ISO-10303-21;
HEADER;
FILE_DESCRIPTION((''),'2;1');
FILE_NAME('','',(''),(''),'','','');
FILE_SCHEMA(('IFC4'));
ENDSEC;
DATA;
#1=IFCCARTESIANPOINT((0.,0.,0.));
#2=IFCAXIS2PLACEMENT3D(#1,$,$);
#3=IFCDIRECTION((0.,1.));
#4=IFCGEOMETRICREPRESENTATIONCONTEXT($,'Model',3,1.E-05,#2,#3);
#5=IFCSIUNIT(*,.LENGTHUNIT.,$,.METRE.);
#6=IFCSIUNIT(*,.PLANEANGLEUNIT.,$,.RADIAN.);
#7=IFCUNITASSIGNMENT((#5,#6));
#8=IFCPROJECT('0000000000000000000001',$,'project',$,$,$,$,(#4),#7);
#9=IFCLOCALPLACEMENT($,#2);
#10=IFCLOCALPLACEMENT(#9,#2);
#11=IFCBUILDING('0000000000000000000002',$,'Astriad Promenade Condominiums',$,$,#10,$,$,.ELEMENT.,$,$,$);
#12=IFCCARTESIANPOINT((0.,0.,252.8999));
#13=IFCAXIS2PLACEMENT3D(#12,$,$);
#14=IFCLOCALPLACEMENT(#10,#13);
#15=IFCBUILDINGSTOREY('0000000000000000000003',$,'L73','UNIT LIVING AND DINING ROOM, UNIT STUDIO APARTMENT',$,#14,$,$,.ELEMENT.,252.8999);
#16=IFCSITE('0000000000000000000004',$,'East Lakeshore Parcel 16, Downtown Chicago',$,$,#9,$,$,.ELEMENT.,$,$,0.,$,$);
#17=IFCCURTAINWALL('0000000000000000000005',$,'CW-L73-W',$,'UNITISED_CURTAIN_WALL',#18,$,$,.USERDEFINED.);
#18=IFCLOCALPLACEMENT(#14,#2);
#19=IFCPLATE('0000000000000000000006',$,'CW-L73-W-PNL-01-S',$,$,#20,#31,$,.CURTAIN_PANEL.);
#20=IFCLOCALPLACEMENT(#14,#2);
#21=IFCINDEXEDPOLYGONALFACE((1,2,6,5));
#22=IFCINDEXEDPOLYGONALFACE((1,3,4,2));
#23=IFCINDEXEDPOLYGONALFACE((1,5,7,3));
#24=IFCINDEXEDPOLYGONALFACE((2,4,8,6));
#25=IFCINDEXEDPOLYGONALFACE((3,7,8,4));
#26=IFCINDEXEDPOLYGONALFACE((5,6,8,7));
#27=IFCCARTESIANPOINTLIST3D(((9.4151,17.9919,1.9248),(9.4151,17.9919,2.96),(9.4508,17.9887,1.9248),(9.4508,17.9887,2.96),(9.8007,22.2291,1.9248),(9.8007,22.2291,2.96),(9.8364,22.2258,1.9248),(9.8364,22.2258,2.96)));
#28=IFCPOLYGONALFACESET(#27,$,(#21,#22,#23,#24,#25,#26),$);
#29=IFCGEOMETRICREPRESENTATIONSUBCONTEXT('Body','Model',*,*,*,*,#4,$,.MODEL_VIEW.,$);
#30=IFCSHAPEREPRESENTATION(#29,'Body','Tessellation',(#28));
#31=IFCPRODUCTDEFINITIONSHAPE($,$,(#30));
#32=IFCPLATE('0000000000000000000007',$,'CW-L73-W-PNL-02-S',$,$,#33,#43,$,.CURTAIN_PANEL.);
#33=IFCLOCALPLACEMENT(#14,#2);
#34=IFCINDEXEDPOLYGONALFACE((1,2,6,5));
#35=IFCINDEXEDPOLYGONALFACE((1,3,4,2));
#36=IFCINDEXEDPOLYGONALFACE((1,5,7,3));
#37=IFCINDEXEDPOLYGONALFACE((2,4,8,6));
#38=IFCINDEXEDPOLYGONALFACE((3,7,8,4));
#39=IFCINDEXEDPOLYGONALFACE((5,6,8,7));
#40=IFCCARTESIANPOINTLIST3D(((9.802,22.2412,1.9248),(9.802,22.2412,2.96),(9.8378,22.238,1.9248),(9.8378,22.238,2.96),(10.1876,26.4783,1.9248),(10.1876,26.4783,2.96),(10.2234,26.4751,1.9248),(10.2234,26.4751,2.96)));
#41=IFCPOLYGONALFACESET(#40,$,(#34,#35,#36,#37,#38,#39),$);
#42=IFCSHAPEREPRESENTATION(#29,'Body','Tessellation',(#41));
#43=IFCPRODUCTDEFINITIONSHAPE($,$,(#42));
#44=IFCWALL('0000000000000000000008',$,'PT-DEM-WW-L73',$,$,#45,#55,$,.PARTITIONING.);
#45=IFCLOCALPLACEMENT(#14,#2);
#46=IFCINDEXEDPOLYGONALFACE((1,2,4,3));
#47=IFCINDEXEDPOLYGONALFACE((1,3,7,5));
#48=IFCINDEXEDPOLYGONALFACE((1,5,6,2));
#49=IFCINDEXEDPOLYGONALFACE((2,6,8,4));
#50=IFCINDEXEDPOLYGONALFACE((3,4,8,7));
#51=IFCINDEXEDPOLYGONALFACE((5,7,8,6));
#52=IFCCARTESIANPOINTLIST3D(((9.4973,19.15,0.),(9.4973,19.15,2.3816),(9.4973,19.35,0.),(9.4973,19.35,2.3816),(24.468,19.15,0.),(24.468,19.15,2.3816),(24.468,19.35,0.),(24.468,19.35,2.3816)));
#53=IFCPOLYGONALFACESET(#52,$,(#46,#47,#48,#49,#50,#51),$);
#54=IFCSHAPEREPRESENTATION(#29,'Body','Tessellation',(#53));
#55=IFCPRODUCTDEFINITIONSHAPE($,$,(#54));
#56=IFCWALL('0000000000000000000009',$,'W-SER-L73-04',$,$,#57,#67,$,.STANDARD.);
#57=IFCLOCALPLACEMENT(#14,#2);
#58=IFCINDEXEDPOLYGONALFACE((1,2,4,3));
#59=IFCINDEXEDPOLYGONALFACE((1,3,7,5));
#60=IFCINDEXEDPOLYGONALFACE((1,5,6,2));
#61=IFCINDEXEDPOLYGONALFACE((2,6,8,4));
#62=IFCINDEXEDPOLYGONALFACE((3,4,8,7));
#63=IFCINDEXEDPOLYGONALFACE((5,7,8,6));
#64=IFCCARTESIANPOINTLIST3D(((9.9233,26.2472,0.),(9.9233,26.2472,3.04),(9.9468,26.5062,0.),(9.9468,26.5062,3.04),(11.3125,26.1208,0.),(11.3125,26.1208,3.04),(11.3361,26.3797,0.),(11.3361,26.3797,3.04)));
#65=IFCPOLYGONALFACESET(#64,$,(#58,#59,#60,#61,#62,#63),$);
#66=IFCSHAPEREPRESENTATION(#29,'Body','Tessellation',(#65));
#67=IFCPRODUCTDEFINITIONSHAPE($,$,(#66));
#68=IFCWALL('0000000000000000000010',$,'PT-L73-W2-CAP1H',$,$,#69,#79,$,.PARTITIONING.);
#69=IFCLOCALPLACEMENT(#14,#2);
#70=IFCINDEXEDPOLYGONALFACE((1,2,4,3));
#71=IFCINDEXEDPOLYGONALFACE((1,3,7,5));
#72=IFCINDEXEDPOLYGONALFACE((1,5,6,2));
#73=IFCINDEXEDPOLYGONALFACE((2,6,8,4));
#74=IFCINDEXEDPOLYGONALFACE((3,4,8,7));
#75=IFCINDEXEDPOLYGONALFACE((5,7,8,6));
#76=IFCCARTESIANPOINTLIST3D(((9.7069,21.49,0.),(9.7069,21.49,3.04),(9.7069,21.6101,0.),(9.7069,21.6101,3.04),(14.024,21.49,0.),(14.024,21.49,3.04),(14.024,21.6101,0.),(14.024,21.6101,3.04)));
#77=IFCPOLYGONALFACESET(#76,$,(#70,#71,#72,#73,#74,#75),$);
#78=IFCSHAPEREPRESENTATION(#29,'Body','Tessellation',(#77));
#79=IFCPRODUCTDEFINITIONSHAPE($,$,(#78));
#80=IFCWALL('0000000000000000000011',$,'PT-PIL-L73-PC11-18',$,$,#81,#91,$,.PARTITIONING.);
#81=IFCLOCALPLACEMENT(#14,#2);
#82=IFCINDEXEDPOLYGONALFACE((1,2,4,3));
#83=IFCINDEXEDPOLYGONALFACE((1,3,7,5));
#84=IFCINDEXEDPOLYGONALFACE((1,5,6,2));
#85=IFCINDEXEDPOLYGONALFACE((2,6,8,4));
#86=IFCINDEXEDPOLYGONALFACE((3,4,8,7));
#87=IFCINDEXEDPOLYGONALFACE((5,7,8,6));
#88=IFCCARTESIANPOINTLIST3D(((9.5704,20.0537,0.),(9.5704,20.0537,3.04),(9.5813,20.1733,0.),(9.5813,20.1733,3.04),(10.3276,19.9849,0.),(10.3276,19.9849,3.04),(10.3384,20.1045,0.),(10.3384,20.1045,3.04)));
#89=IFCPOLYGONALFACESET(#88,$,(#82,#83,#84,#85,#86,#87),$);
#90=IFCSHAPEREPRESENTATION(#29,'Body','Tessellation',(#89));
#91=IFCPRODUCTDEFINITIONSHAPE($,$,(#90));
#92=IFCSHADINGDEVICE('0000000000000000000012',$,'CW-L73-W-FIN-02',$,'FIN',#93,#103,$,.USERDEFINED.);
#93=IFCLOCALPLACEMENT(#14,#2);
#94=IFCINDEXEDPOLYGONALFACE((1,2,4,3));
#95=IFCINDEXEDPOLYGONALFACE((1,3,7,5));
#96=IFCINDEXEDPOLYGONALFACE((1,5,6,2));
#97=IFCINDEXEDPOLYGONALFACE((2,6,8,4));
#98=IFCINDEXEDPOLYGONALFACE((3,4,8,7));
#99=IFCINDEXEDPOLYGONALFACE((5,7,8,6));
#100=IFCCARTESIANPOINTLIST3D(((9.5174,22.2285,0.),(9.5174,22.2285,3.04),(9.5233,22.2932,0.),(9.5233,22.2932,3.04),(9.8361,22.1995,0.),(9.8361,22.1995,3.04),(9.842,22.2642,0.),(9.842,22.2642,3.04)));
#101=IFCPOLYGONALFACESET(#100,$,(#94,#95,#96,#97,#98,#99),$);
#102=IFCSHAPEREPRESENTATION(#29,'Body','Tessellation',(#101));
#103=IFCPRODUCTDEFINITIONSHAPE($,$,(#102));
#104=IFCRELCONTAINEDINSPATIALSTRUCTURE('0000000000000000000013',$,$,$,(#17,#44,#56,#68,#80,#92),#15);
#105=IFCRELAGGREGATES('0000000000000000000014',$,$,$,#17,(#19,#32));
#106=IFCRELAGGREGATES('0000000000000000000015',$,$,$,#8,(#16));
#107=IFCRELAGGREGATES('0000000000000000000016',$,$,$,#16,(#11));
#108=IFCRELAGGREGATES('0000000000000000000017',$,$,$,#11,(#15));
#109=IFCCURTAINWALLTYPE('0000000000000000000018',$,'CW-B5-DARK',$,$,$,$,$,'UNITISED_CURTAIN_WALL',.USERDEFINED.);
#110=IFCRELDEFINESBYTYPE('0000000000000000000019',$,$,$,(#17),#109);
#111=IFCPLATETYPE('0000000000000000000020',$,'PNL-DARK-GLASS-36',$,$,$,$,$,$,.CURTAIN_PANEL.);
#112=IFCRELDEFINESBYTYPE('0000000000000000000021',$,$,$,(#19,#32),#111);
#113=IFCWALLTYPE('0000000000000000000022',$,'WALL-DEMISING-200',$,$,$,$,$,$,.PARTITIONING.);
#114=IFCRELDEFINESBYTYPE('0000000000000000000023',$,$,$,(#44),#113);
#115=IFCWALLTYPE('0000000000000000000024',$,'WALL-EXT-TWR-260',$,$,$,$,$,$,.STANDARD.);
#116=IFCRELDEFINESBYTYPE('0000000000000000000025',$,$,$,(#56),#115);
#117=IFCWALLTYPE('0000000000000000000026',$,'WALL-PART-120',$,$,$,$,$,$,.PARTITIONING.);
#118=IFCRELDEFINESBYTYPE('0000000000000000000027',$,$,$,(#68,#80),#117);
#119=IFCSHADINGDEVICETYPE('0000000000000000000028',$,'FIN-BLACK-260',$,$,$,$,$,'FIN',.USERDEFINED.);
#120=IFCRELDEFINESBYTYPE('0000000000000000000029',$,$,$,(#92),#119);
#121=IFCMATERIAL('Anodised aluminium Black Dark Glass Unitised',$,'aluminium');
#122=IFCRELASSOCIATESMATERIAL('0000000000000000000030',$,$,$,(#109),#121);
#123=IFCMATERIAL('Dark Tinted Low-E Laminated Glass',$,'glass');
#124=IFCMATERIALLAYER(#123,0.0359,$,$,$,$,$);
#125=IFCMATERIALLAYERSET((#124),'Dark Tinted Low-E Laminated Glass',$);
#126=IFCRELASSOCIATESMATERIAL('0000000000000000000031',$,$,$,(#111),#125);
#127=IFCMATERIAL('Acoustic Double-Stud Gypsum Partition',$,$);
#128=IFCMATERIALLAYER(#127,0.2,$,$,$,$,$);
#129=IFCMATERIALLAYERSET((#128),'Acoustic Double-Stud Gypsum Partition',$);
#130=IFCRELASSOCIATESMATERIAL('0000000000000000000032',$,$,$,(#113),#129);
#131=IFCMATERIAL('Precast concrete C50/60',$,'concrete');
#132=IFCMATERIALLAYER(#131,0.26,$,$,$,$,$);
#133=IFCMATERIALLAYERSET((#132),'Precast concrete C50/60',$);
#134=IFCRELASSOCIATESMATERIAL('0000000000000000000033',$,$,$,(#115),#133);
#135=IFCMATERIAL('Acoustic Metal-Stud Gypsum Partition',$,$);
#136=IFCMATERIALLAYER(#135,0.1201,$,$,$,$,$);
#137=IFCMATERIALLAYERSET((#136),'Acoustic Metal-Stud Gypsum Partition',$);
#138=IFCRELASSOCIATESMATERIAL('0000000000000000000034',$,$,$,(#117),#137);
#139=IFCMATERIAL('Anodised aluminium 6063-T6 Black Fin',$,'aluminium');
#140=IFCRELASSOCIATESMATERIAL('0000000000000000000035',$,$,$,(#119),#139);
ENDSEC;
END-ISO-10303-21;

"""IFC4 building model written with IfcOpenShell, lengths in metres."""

from ifc_helpers import new_model, si_unit, direction, frame, frame_2d, origin, origin_2d, place, context, subcontext, project, spatial, rectangle, extrude, source, transform, mapped, material, layer, layer_set, type_object, type_shapes, element, aggregate, save


model = new_model("IFC4")

# Units and contexts
model_context = context("Model", 3, precision=1e-05, world=origin(), true_north=direction((0.0, 1.0)))
body_context = subcontext(model_context, "Body", "Model", "MODEL_VIEW")
ifc_project = project(units=[si_unit("LENGTHUNIT", "METRE"), si_unit("PLANEANGLEUNIT", "RADIAN")], contexts=[model_context])

# Site, building, storey
site_placement = place(None, origin())
site = spatial("IfcSite", under=ifc_project, at=site_placement, Name="East Lakeshore Parcel 16, Downtown Chicago", CompositionType="ELEMENT", RefElevation=0.0)
building_placement = place(site_placement, origin())
building = spatial("IfcBuilding", under=site, at=building_placement, Name="Astriad Promenade Condominiums", CompositionType="ELEMENT")
storey_placement = place(building_placement, frame((0.0, 0.0, 252.8999)))
storey = spatial("IfcBuildingStorey", under=building, at=storey_placement, Name="L73", Description="UNIT LIVING AND DINING ROOM, UNIT STUDIO APARTMENT", CompositionType="ELEMENT", Elevation=252.8999)

# Curtain wall, plates
ifc_material_1 = material(Name="Anodised aluminium Black Dark Glass Unitised", Category="aluminium")
curtain_wall_type = type_object("IfcCurtainWallType", Name="CW-B5-DARK", ElementType="UNITISED_CURTAIN_WALL", PredefinedType="USERDEFINED", material=ifc_material_1)
curtain_wall_placement = place(storey_placement, origin())
curtain_wall = element("IfcCurtainWall", 1, at=curtain_wall_placement, inside=storey, type_object=curtain_wall_type, Name="CW-L73-W", ObjectType="UNITISED_CURTAIN_WALL", PredefinedType="USERDEFINED")
ifc_material_2 = material(Name="Dark Tinted Low-E Laminated Glass", Category="glass")
ifc_layer_1 = layer(ifc_material_2, 0.0359)
ifc_layer_set_1 = layer_set([ifc_layer_1], Name="Dark Tinted Low-E Laminated Glass")
plate_type = type_object("IfcPlateType", Name="PNL-DARK-GLASS-36", PredefinedType="CURTAIN_PANEL", material=ifc_layer_set_1)
shared_shape_1 = source(origin(), body_context, "Body", "SweptSolid", [
    extrude(rectangle(XDim=4.2546, YDim=0.0359, at=origin_2d()), origin(), (0.0, 0.0, 1.0), 1.0352),
])
plate_1_placement = place(storey_placement, frame((9.6257, 20.1089, 1.9248), z_axis=(0.0, 0.0, 1.0), x_axis=(0.090633, 0.995884, 0.0)))
plate_1 = element("IfcPlate", 2, at=plate_1_placement, type_object=plate_type, Name="CW-L73-W-PNL-01-S", PredefinedType="CURTAIN_PANEL", context=body_context, shape_type="MappedRepresentation", body=[
    mapped(shared_shape_1, transform((0.0, 0.0, 0.0), scale=1.0)),
])
plate_2_placement = place(storey_placement, frame((10.0127, 24.3582, 1.9248), z_axis=(0.0, 0.0, 1.0), x_axis=(0.090633, 0.995884, 0.0)))
plate_2 = element("IfcPlate", 3, at=plate_2_placement, type_object=plate_type, Name="CW-L73-W-PNL-02-S", PredefinedType="CURTAIN_PANEL", context=body_context, shape_type="MappedRepresentation", body=[
    mapped(shared_shape_1, transform((0.0, 0.0, 0.0), scale=1.0)),
])
aggregate(curtain_wall, [plate_1, plate_2])

# Walls
ifc_material_3 = material(Name="Acoustic Double-Stud Gypsum Partition")
ifc_layer_2 = layer(ifc_material_3, 0.2)
ifc_layer_set_2 = layer_set([ifc_layer_2], Name="Acoustic Double-Stud Gypsum Partition")
wall_type_1 = type_object("IfcWallType", Name="WALL-DEMISING-200", PredefinedType="PARTITIONING", material=ifc_layer_set_2)
wall_1_placement = place(storey_placement, frame((9.4973, 19.25, 0.0), z_axis=(0.0, 0.0, 1.0), x_axis=(1.0, 0.0, 0.0)))
element("IfcWall", 4, at=wall_1_placement, inside=storey, type_object=wall_type_1, Name="PT-DEM-WW-L73", PredefinedType="PARTITIONING", context=body_context, shape_type="SweptSolid", body=[
    extrude(rectangle(XDim=14.9707, YDim=0.2, at=frame_2d((7.4854, 0.0))), origin(), (0.0, 0.0, 1.0), 2.3816),
])
ifc_material_4 = material(Name="Precast concrete C50/60", Category="concrete")
ifc_layer_3 = layer(ifc_material_4, 0.26)
ifc_layer_set_3 = layer_set([ifc_layer_3], Name="Precast concrete C50/60")
wall_type_2 = type_object("IfcWallType", Name="WALL-EXT-TWR-260", PredefinedType="STANDARD", material=ifc_layer_set_3)
wall_2_placement = place(storey_placement, frame((9.9351, 26.3767, 0.0), z_axis=(0.0, 0.0, 1.0), x_axis=(0.995882, -0.090662, 0.0)))
element("IfcWall", 5, at=wall_2_placement, inside=storey, type_object=wall_type_2, Name="W-SER-L73-04", PredefinedType="STANDARD", context=body_context, shape_type="SweptSolid", body=[
    extrude(rectangle(XDim=1.395, YDim=0.26, at=frame_2d((0.6975, 0.0))), origin(), (0.0, 0.0, 1.0), 3.04),
])
ifc_material_5 = material(Name="Acoustic Metal-Stud Gypsum Partition")
ifc_layer_4 = layer(ifc_material_5, 0.1201)
ifc_layer_set_4 = layer_set([ifc_layer_4], Name="Acoustic Metal-Stud Gypsum Partition")
wall_type_3 = type_object("IfcWallType", Name="WALL-PART-120", PredefinedType="PARTITIONING", material=ifc_layer_set_4)
wall_3_placement = place(storey_placement, frame((9.7068, 21.55, 0.0), z_axis=(0.0, 0.0, 1.0), x_axis=(1.0, 0.0, 0.0)))
element("IfcWall", 6, at=wall_3_placement, inside=storey, type_object=wall_type_3, Name="PT-L73-W2-CAP1H", PredefinedType="PARTITIONING", context=body_context, shape_type="SweptSolid", body=[
    extrude(rectangle(XDim=4.3171, YDim=0.1201, at=frame_2d((2.1587, 0.0))), origin(), (0.0, 0.0, 1.0), 3.04),
])
wall_4_placement = place(storey_placement, frame((10.333, 20.0447, 0.0), z_axis=(0.0, 0.0, 1.0), x_axis=(-0.995891, 0.090565, 0.0)))
element("IfcWall", 7, at=wall_4_placement, inside=storey, type_object=wall_type_3, Name="PT-PIL-L73-PC11-18", PredefinedType="PARTITIONING", context=body_context, shape_type="SweptSolid", body=[
    extrude(rectangle(XDim=0.7603, YDim=0.1201, at=frame_2d((0.3801, 0.0))), origin(), (0.0, 0.0, 1.0), 3.04),
])

# Shading device
ifc_material_6 = material(Name="Anodised aluminium 6063-T6 Black Fin", Category="aluminium")
shading_device_type = type_object("IfcShadingDeviceType", Name="FIN-BLACK-260", ElementType="FIN", PredefinedType="USERDEFINED", material=ifc_material_6)
shared_shape_2 = source(origin(), body_context, "Body", "SweptSolid", [
    extrude(rectangle(XDim=0.0649, YDim=0.3201, at=origin_2d()), origin(), (0.0, 0.0, 1.0), 3.04),
])
type_shapes(shading_device_type, [shared_shape_2])
shading_device_placement = place(storey_placement, frame((9.6797, 22.2463, 0.0), z_axis=(0.0, 0.0, 1.0), x_axis=(0.090633, 0.995884, 0.0)))
element("IfcShadingDevice", 8, at=shading_device_placement, inside=storey, type_object=shading_device_type, Name="CW-L73-W-FIN-02", ObjectType="FIN", PredefinedType="USERDEFINED", context=body_context, shape_type="MappedRepresentation", body=[
    mapped(shared_shape_2, transform((0.0, 0.0, 0.0), scale=1.0)),
])

save(model, "model.ifc")
